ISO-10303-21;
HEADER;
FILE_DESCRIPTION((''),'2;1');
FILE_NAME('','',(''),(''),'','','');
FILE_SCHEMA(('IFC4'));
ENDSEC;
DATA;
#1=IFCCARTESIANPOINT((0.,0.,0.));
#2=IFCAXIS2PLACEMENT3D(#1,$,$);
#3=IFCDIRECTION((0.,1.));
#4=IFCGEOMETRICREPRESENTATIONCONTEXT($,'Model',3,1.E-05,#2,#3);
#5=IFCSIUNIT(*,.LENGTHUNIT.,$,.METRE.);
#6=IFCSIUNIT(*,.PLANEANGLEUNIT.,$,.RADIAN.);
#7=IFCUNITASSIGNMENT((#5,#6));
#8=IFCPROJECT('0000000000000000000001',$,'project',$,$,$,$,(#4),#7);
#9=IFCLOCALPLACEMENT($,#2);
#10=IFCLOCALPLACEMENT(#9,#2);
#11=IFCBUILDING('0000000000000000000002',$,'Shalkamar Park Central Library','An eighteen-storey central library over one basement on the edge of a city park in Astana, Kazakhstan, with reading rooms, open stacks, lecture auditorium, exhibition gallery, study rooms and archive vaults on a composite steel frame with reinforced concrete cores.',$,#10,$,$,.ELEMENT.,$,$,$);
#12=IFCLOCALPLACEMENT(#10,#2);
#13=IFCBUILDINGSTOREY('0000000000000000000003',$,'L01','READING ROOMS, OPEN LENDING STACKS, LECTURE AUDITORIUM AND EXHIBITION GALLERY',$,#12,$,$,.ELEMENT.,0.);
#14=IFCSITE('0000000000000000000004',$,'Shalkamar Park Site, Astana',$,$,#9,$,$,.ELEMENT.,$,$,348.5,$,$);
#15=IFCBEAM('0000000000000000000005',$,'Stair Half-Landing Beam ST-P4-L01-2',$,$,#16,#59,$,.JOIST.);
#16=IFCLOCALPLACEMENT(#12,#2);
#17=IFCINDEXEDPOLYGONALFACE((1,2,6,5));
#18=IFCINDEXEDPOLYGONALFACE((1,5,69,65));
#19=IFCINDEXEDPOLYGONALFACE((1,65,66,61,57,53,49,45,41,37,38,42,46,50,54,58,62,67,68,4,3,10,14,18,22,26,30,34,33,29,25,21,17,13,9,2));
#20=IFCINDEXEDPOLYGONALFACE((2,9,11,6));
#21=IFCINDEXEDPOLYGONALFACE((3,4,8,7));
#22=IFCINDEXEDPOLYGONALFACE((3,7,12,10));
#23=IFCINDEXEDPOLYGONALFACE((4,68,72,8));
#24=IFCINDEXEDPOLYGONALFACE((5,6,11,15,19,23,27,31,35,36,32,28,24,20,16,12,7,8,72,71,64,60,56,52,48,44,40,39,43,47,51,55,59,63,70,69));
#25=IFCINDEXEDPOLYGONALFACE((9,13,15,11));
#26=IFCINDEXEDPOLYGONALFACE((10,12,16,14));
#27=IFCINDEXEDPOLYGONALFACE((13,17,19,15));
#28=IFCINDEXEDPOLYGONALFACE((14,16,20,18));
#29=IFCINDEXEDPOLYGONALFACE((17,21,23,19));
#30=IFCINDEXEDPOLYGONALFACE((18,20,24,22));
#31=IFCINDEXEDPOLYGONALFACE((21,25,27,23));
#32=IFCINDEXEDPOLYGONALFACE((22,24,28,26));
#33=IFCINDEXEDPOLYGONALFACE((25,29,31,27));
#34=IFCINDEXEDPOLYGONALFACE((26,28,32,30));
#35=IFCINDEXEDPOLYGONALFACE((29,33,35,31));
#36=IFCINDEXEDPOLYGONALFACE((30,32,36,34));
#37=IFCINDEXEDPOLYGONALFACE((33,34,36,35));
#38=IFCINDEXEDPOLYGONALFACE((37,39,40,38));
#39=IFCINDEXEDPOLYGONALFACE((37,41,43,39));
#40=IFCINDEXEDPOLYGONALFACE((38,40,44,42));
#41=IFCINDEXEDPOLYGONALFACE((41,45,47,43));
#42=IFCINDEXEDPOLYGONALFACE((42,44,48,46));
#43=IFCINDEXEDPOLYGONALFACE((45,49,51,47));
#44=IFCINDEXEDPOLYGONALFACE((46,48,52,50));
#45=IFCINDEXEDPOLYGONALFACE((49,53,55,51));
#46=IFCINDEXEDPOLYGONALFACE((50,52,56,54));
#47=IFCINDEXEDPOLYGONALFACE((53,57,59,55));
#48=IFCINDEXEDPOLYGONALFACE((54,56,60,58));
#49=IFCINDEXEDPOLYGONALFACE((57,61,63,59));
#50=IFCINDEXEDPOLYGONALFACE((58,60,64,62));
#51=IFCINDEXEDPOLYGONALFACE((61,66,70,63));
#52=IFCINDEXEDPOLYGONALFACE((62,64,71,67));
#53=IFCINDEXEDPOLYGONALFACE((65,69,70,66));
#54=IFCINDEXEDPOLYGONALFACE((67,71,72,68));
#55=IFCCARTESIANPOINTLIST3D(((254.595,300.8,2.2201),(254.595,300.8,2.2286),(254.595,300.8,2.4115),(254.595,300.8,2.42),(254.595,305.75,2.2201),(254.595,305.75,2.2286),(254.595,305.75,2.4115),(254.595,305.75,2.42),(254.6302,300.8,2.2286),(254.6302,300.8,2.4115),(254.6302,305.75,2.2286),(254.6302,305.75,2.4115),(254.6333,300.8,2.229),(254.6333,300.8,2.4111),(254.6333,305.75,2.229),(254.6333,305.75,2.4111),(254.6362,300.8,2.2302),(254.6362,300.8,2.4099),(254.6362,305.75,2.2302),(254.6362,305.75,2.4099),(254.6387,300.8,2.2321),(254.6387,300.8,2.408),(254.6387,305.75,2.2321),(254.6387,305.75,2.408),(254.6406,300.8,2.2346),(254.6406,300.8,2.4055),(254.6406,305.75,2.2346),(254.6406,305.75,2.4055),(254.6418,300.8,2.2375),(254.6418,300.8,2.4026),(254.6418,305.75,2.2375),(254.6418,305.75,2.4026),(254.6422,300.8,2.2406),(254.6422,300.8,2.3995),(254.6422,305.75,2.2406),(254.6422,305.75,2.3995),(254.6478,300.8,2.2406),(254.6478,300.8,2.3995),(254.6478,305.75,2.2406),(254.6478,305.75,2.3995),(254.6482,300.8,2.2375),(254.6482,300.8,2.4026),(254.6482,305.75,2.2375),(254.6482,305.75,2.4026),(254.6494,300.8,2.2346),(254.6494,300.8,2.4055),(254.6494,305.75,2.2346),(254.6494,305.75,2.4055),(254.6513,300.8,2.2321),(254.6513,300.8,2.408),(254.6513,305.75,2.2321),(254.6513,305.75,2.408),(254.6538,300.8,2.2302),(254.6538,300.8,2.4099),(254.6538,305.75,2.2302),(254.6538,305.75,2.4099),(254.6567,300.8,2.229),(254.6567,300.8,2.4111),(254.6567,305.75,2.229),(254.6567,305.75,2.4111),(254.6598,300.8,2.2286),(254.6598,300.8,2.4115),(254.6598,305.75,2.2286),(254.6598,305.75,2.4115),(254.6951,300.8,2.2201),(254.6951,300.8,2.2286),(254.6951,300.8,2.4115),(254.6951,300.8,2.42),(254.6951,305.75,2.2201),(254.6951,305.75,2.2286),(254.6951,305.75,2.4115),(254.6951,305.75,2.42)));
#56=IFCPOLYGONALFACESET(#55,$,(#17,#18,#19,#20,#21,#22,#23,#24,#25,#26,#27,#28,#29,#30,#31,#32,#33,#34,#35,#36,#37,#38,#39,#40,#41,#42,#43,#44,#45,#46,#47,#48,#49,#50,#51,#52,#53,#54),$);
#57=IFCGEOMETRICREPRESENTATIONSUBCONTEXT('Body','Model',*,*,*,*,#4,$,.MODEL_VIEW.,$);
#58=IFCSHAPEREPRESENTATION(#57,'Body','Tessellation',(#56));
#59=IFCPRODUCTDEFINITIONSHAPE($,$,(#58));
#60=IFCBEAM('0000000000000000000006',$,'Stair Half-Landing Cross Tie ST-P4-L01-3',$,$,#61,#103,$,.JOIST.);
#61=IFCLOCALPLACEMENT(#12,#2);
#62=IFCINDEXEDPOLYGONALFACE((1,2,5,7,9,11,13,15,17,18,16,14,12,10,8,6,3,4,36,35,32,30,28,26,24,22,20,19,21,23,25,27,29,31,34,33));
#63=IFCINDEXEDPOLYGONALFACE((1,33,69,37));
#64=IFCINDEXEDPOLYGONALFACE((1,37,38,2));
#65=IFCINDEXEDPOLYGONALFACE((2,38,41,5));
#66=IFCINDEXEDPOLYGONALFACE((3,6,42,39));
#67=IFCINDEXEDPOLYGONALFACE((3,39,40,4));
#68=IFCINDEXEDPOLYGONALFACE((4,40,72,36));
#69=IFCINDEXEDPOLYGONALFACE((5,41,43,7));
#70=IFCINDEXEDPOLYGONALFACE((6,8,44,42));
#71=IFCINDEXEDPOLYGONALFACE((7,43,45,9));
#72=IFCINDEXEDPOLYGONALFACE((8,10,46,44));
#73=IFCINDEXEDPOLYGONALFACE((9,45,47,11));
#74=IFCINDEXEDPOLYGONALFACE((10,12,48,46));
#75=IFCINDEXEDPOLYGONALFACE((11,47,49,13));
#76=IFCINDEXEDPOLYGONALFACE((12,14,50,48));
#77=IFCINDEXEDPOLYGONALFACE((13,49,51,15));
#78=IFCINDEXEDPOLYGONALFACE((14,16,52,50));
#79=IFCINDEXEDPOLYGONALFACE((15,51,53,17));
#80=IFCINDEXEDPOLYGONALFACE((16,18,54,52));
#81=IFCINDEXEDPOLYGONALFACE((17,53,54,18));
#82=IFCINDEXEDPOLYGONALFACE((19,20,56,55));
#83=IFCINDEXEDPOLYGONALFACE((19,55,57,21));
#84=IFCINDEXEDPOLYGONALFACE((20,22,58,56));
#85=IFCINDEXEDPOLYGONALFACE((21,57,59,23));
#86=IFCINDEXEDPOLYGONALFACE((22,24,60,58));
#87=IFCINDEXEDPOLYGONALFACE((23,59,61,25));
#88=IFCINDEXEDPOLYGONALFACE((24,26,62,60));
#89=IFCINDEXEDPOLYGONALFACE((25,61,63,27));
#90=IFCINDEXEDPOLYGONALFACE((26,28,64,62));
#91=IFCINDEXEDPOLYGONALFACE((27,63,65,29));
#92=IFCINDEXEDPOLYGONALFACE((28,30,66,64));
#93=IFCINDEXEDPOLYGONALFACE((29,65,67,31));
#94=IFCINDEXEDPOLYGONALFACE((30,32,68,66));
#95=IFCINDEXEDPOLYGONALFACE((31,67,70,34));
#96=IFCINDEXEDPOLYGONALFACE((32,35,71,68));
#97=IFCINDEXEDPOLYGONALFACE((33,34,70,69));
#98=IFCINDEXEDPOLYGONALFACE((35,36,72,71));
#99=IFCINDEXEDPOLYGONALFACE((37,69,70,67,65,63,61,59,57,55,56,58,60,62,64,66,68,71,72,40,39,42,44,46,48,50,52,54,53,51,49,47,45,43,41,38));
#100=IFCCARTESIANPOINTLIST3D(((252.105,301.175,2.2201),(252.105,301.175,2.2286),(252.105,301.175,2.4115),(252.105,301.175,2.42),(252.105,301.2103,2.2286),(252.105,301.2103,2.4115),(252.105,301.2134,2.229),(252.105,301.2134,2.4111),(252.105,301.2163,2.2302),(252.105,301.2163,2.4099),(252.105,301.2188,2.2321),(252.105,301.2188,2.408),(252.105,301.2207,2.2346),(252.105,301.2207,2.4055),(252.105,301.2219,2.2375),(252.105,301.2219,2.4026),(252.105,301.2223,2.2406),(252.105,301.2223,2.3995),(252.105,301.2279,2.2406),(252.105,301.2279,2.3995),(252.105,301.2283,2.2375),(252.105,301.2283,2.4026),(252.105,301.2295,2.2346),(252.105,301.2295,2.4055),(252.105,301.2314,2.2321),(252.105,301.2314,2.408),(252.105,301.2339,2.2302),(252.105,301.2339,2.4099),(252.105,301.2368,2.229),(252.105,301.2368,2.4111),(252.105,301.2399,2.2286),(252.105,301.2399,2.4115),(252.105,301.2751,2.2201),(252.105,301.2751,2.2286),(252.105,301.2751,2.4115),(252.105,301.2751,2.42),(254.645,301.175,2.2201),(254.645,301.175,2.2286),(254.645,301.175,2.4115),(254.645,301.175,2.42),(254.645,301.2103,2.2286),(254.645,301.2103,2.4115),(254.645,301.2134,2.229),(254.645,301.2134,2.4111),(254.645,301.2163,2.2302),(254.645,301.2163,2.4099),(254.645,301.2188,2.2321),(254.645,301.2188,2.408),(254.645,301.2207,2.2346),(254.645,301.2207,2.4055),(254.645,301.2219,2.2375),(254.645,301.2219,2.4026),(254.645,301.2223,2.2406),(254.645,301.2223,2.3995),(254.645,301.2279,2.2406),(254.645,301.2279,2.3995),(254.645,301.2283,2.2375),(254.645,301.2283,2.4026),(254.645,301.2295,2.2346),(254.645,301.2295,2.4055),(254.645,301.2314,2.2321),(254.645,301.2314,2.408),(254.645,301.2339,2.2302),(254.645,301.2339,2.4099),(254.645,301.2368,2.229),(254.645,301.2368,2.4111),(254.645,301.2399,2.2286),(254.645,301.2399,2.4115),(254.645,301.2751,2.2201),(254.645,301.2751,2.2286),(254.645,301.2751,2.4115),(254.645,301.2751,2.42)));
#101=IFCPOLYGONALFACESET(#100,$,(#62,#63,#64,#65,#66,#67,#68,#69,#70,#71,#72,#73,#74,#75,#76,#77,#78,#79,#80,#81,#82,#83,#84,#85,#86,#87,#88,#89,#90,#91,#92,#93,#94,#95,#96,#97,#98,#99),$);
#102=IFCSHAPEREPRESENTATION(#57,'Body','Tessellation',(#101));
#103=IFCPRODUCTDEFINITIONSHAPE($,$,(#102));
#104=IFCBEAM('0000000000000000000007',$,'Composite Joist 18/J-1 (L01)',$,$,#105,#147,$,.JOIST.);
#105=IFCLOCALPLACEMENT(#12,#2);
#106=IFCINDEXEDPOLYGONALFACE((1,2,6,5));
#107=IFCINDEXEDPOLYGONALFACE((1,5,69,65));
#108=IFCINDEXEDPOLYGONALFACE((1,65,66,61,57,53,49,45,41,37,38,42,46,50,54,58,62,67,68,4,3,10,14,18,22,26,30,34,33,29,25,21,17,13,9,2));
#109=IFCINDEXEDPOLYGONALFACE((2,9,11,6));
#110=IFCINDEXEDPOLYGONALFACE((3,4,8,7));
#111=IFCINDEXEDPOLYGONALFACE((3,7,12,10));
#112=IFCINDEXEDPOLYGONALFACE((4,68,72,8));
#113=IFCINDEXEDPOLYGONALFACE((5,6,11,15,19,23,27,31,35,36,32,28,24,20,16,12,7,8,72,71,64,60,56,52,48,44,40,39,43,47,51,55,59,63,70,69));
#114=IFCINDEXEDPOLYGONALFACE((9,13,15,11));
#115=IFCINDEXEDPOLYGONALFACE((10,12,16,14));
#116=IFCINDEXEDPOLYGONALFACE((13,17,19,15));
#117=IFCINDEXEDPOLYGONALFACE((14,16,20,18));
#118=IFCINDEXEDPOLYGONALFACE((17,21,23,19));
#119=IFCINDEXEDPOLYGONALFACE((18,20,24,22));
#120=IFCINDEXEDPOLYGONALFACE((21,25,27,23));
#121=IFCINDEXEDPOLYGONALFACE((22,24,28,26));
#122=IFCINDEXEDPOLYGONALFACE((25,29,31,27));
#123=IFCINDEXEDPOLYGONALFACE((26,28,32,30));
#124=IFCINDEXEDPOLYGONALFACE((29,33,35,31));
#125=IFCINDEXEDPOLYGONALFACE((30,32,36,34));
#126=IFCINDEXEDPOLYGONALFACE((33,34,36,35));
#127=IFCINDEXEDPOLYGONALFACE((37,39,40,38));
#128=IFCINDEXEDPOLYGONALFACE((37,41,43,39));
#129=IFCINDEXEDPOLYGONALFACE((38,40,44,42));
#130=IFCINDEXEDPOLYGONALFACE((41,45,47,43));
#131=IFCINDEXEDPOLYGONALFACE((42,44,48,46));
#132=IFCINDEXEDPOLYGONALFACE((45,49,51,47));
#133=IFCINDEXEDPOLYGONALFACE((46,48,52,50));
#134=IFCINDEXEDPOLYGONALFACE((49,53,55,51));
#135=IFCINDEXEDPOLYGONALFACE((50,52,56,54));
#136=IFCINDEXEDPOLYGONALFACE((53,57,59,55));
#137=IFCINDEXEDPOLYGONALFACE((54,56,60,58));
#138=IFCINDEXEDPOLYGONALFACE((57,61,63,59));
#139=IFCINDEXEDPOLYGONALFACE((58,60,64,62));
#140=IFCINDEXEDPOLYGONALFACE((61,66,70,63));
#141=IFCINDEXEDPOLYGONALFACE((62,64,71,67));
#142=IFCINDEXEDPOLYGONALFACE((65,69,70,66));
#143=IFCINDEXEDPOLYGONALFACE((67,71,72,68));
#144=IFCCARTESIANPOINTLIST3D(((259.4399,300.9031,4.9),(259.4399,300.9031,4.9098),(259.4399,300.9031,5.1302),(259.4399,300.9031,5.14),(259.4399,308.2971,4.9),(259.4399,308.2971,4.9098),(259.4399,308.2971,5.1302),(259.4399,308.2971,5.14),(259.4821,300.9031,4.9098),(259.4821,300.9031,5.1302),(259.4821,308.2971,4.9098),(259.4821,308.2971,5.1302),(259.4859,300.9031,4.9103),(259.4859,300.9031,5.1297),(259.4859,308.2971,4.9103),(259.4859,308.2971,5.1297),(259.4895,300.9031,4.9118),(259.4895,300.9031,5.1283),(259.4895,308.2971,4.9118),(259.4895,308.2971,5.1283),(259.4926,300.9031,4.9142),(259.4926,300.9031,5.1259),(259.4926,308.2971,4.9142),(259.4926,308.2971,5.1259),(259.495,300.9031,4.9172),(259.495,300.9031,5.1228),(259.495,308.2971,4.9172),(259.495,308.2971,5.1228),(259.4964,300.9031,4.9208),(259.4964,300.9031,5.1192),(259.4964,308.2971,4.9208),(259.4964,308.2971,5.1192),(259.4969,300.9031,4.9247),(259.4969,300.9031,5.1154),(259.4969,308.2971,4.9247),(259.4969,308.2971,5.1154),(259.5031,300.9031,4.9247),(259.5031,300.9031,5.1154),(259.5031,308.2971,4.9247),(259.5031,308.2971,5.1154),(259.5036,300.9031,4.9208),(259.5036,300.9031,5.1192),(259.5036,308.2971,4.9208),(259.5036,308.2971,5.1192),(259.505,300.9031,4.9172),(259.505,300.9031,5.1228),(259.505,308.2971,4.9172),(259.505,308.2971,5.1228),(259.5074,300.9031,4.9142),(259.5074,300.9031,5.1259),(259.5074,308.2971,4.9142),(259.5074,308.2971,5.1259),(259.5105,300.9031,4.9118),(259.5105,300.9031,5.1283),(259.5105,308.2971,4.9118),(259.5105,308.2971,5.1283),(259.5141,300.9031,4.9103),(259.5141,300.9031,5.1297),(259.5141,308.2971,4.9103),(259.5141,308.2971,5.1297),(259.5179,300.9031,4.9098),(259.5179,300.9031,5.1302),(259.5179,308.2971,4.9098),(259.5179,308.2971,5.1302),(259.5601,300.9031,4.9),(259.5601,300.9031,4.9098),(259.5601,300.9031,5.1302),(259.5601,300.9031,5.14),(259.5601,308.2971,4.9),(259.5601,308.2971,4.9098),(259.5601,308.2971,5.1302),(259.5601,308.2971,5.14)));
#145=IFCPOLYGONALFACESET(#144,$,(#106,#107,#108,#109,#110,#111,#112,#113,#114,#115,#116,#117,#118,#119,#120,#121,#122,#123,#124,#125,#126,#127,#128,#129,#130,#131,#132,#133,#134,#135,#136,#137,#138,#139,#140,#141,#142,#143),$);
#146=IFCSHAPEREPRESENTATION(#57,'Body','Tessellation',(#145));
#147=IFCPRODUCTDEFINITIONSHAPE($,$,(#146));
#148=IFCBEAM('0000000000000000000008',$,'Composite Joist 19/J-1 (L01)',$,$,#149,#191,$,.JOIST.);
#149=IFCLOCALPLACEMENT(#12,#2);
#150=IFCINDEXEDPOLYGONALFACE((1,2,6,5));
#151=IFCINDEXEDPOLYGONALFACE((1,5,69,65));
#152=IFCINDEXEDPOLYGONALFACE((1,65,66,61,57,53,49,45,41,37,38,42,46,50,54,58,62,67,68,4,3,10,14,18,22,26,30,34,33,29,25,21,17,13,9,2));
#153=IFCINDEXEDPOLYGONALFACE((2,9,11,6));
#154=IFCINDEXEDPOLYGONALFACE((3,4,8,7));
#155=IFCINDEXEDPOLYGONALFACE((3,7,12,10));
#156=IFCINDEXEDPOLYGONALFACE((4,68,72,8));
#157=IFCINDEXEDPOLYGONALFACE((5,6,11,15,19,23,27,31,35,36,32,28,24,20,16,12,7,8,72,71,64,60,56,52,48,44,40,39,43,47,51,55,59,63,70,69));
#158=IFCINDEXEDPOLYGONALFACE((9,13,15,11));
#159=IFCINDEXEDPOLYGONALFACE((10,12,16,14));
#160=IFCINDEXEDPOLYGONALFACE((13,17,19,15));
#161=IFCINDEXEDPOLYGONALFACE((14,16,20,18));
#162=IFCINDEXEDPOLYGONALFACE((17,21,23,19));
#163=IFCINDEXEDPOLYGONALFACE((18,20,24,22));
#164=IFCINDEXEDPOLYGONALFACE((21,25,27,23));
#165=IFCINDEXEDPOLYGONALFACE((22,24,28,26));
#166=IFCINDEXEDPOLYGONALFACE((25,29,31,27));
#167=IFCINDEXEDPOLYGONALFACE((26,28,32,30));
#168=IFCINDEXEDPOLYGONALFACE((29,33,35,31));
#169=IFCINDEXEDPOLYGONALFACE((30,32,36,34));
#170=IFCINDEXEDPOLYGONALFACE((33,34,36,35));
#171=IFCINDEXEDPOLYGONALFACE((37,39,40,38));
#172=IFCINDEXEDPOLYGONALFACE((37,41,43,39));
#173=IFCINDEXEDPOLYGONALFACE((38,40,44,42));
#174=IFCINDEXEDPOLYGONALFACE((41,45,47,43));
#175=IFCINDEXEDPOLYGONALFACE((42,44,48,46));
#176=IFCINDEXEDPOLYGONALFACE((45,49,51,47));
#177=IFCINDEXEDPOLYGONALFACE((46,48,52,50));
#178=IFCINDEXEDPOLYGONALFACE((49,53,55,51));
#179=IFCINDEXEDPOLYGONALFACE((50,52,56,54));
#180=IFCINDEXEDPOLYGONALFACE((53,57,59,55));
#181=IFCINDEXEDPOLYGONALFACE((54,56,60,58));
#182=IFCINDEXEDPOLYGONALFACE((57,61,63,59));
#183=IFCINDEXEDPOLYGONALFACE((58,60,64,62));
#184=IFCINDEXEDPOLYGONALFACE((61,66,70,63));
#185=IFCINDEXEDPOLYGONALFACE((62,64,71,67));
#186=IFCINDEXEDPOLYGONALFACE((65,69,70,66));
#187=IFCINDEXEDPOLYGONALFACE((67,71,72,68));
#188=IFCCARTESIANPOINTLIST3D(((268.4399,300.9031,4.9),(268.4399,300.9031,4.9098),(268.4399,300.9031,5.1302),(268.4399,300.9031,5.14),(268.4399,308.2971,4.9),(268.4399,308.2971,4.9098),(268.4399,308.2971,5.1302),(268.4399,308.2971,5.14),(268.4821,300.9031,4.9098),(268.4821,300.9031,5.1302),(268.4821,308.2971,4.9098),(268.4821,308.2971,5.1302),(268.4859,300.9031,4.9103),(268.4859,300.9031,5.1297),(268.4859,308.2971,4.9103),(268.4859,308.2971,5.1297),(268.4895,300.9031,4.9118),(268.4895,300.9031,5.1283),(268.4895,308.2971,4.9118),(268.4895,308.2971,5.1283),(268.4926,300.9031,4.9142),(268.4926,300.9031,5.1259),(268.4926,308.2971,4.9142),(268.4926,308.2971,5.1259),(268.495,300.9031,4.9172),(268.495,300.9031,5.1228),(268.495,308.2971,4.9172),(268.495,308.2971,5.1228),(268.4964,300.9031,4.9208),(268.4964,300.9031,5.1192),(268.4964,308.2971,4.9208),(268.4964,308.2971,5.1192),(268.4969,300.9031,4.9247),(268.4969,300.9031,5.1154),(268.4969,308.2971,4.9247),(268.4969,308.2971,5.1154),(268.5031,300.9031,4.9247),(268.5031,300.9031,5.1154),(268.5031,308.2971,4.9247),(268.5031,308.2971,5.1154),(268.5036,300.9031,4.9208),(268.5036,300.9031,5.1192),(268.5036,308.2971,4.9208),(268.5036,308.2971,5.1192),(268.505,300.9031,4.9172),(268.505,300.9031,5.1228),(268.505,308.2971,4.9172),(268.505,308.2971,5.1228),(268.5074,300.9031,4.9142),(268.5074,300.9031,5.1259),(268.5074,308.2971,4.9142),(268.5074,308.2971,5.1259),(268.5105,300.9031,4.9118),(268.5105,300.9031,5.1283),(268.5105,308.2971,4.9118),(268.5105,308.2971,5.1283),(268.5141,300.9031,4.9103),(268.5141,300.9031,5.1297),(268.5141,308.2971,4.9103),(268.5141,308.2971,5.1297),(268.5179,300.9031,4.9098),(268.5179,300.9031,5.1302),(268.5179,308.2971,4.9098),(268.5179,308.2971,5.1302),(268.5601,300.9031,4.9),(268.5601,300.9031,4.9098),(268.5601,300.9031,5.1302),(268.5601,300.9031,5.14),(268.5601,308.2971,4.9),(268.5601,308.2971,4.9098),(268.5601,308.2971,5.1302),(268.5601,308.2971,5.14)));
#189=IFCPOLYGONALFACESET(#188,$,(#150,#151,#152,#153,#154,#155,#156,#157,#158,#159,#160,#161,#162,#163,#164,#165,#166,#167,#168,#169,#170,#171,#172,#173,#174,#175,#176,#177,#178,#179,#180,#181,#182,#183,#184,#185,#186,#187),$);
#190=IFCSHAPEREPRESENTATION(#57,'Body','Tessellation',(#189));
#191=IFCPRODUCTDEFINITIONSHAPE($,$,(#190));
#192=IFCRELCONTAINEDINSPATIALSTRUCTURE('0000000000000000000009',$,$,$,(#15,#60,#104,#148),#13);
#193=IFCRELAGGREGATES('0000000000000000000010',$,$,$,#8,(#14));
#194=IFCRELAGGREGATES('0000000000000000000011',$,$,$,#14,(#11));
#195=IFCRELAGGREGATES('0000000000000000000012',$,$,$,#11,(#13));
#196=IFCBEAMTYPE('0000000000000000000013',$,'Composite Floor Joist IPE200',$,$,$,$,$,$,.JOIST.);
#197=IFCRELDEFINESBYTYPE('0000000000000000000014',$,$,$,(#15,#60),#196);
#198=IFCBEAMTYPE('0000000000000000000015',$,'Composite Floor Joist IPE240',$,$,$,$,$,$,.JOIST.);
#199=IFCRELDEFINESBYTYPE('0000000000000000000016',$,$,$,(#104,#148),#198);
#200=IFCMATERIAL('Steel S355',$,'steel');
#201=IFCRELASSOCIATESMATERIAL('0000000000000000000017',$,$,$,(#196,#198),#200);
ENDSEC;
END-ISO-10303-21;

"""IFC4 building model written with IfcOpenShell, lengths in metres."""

from ifc_helpers import new_model, si_unit, direction, frame, origin, origin_2d, place, context, subcontext, project, spatial, i_section, extrude, material, material_profile, profile_set, type_object, element, save


model = new_model("IFC4")

# Units and contexts
model_context = context("Model", 3, precision=1e-05, world=origin(), true_north=direction((0.0, 1.0)))
body_context = subcontext(model_context, "Body", "Model", "MODEL_VIEW")
ifc_project = project(units=[si_unit("LENGTHUNIT", "METRE"), si_unit("PLANEANGLEUNIT", "RADIAN")], contexts=[model_context])

# Site, building, storey
site_placement = place(None, origin())
site = spatial("IfcSite", under=ifc_project, at=site_placement, Name="Shalkamar Park Site, Astana", CompositionType="ELEMENT", RefElevation=348.5)
building_placement = place(site_placement, origin())
building = spatial("IfcBuilding", under=site, at=building_placement, Name="Shalkamar Park Central Library", Description="An eighteen-storey central library over one basement on the edge of a city park in Astana, Kazakhstan, with reading rooms, open stacks, lecture auditorium, exhibition gallery, study rooms and archive vaults on a composite steel frame with reinforced concrete cores.", CompositionType="ELEMENT")
storey_placement = place(building_placement, origin())
storey = spatial("IfcBuildingStorey", under=building, at=storey_placement, Name="L01", Description="READING ROOMS, OPEN LENDING STACKS, LECTURE AUDITORIUM AND EXHIBITION GALLERY", CompositionType="ELEMENT", Elevation=0.0)

# Shared definitions
ifc_material_1 = material(Name="Steel S355", Category="steel")

# Beams
ifc_material_profile_1 = material_profile(ifc_material_1, i_section(OverallWidth=0.1001, OverallDepth=0.2, WebThickness=0.0056, FlangeThickness=0.0085, FilletRadius=0.012, at=origin_2d()), Name="IPE 200")
ifc_profile_set_1 = profile_set([ifc_material_profile_1], Name="Steel S355")
beam_type_1 = type_object("IfcBeamType", Name="Composite Floor Joist IPE200", PredefinedType="JOIST", material=ifc_profile_set_1)
for number, where, z_axis, x_axis, name in (
    (1, (254.645, 300.8, 2.3201), (0.0, 1.0, 0.0), (-1.0, 0.0, 0.0), "Stair Half-Landing Beam ST-P4-L01-2"),
):
    element("IfcBeam", number, at=place(storey_placement, frame(where, z_axis=z_axis, x_axis=x_axis)), inside=storey, type_object=beam_type_1, Name=name, PredefinedType="JOIST", context=body_context, shape_type="SweptSolid", body=[
        extrude(i_section(OverallWidth=0.1001, OverallDepth=0.2, WebThickness=0.0056, FlangeThickness=0.0085, FilletRadius=0.012, at=origin_2d()), origin(), (0.0, 0.0, 1.0), 4.95),
    ])
beam_1_placement = place(storey_placement, frame((252.105, 301.2251, 2.3201), z_axis=(1.0, 0.0, 0.0), x_axis=(0.0, 1.0, 0.0)))
element("IfcBeam", 2, at=beam_1_placement, inside=storey, type_object=beam_type_1, Name="Stair Half-Landing Cross Tie ST-P4-L01-3", PredefinedType="JOIST", context=body_context, shape_type="SweptSolid", body=[
    extrude(i_section(OverallWidth=0.1001, OverallDepth=0.2, WebThickness=0.0056, FlangeThickness=0.0085, FilletRadius=0.012, at=origin_2d()), origin(), (0.0, 0.0, 1.0), 2.54),
])
ifc_material_profile_2 = material_profile(ifc_material_1, i_section(OverallWidth=0.1201, OverallDepth=0.24, WebThickness=0.0061, FlangeThickness=0.0098, FilletRadius=0.0149, at=origin_2d()), Name="IPE 240")
ifc_profile_set_2 = profile_set([ifc_material_profile_2], Name="Steel S355")
beam_type_2 = type_object("IfcBeamType", Name="Composite Floor Joist IPE240", PredefinedType="JOIST", material=ifc_profile_set_2)
for number, where, z_axis, x_axis, name in (
    (3, (259.5, 300.9031, 5.02), (0.0, 1.0, 0.0), (-1.0, 0.0, 0.0), "Composite Joist 18/J-1 (L01)"),
    (4, (268.5, 300.9031, 5.02), (0.0, 1.0, 0.0), (-1.0, 0.0, 0.0), "Composite Joist 19/J-1 (L01)"),
):
    element("IfcBeam", number, at=place(storey_placement, frame(where, z_axis=z_axis, x_axis=x_axis)), inside=storey, type_object=beam_type_2, Name=name, PredefinedType="JOIST", context=body_context, shape_type="SweptSolid", body=[
        extrude(i_section(OverallWidth=0.1201, OverallDepth=0.24, WebThickness=0.0061, FlangeThickness=0.0098, FilletRadius=0.0149, at=origin_2d()), origin(), (0.0, 0.0, 1.0), 7.394),
    ])

save(model, "model.ifc")
